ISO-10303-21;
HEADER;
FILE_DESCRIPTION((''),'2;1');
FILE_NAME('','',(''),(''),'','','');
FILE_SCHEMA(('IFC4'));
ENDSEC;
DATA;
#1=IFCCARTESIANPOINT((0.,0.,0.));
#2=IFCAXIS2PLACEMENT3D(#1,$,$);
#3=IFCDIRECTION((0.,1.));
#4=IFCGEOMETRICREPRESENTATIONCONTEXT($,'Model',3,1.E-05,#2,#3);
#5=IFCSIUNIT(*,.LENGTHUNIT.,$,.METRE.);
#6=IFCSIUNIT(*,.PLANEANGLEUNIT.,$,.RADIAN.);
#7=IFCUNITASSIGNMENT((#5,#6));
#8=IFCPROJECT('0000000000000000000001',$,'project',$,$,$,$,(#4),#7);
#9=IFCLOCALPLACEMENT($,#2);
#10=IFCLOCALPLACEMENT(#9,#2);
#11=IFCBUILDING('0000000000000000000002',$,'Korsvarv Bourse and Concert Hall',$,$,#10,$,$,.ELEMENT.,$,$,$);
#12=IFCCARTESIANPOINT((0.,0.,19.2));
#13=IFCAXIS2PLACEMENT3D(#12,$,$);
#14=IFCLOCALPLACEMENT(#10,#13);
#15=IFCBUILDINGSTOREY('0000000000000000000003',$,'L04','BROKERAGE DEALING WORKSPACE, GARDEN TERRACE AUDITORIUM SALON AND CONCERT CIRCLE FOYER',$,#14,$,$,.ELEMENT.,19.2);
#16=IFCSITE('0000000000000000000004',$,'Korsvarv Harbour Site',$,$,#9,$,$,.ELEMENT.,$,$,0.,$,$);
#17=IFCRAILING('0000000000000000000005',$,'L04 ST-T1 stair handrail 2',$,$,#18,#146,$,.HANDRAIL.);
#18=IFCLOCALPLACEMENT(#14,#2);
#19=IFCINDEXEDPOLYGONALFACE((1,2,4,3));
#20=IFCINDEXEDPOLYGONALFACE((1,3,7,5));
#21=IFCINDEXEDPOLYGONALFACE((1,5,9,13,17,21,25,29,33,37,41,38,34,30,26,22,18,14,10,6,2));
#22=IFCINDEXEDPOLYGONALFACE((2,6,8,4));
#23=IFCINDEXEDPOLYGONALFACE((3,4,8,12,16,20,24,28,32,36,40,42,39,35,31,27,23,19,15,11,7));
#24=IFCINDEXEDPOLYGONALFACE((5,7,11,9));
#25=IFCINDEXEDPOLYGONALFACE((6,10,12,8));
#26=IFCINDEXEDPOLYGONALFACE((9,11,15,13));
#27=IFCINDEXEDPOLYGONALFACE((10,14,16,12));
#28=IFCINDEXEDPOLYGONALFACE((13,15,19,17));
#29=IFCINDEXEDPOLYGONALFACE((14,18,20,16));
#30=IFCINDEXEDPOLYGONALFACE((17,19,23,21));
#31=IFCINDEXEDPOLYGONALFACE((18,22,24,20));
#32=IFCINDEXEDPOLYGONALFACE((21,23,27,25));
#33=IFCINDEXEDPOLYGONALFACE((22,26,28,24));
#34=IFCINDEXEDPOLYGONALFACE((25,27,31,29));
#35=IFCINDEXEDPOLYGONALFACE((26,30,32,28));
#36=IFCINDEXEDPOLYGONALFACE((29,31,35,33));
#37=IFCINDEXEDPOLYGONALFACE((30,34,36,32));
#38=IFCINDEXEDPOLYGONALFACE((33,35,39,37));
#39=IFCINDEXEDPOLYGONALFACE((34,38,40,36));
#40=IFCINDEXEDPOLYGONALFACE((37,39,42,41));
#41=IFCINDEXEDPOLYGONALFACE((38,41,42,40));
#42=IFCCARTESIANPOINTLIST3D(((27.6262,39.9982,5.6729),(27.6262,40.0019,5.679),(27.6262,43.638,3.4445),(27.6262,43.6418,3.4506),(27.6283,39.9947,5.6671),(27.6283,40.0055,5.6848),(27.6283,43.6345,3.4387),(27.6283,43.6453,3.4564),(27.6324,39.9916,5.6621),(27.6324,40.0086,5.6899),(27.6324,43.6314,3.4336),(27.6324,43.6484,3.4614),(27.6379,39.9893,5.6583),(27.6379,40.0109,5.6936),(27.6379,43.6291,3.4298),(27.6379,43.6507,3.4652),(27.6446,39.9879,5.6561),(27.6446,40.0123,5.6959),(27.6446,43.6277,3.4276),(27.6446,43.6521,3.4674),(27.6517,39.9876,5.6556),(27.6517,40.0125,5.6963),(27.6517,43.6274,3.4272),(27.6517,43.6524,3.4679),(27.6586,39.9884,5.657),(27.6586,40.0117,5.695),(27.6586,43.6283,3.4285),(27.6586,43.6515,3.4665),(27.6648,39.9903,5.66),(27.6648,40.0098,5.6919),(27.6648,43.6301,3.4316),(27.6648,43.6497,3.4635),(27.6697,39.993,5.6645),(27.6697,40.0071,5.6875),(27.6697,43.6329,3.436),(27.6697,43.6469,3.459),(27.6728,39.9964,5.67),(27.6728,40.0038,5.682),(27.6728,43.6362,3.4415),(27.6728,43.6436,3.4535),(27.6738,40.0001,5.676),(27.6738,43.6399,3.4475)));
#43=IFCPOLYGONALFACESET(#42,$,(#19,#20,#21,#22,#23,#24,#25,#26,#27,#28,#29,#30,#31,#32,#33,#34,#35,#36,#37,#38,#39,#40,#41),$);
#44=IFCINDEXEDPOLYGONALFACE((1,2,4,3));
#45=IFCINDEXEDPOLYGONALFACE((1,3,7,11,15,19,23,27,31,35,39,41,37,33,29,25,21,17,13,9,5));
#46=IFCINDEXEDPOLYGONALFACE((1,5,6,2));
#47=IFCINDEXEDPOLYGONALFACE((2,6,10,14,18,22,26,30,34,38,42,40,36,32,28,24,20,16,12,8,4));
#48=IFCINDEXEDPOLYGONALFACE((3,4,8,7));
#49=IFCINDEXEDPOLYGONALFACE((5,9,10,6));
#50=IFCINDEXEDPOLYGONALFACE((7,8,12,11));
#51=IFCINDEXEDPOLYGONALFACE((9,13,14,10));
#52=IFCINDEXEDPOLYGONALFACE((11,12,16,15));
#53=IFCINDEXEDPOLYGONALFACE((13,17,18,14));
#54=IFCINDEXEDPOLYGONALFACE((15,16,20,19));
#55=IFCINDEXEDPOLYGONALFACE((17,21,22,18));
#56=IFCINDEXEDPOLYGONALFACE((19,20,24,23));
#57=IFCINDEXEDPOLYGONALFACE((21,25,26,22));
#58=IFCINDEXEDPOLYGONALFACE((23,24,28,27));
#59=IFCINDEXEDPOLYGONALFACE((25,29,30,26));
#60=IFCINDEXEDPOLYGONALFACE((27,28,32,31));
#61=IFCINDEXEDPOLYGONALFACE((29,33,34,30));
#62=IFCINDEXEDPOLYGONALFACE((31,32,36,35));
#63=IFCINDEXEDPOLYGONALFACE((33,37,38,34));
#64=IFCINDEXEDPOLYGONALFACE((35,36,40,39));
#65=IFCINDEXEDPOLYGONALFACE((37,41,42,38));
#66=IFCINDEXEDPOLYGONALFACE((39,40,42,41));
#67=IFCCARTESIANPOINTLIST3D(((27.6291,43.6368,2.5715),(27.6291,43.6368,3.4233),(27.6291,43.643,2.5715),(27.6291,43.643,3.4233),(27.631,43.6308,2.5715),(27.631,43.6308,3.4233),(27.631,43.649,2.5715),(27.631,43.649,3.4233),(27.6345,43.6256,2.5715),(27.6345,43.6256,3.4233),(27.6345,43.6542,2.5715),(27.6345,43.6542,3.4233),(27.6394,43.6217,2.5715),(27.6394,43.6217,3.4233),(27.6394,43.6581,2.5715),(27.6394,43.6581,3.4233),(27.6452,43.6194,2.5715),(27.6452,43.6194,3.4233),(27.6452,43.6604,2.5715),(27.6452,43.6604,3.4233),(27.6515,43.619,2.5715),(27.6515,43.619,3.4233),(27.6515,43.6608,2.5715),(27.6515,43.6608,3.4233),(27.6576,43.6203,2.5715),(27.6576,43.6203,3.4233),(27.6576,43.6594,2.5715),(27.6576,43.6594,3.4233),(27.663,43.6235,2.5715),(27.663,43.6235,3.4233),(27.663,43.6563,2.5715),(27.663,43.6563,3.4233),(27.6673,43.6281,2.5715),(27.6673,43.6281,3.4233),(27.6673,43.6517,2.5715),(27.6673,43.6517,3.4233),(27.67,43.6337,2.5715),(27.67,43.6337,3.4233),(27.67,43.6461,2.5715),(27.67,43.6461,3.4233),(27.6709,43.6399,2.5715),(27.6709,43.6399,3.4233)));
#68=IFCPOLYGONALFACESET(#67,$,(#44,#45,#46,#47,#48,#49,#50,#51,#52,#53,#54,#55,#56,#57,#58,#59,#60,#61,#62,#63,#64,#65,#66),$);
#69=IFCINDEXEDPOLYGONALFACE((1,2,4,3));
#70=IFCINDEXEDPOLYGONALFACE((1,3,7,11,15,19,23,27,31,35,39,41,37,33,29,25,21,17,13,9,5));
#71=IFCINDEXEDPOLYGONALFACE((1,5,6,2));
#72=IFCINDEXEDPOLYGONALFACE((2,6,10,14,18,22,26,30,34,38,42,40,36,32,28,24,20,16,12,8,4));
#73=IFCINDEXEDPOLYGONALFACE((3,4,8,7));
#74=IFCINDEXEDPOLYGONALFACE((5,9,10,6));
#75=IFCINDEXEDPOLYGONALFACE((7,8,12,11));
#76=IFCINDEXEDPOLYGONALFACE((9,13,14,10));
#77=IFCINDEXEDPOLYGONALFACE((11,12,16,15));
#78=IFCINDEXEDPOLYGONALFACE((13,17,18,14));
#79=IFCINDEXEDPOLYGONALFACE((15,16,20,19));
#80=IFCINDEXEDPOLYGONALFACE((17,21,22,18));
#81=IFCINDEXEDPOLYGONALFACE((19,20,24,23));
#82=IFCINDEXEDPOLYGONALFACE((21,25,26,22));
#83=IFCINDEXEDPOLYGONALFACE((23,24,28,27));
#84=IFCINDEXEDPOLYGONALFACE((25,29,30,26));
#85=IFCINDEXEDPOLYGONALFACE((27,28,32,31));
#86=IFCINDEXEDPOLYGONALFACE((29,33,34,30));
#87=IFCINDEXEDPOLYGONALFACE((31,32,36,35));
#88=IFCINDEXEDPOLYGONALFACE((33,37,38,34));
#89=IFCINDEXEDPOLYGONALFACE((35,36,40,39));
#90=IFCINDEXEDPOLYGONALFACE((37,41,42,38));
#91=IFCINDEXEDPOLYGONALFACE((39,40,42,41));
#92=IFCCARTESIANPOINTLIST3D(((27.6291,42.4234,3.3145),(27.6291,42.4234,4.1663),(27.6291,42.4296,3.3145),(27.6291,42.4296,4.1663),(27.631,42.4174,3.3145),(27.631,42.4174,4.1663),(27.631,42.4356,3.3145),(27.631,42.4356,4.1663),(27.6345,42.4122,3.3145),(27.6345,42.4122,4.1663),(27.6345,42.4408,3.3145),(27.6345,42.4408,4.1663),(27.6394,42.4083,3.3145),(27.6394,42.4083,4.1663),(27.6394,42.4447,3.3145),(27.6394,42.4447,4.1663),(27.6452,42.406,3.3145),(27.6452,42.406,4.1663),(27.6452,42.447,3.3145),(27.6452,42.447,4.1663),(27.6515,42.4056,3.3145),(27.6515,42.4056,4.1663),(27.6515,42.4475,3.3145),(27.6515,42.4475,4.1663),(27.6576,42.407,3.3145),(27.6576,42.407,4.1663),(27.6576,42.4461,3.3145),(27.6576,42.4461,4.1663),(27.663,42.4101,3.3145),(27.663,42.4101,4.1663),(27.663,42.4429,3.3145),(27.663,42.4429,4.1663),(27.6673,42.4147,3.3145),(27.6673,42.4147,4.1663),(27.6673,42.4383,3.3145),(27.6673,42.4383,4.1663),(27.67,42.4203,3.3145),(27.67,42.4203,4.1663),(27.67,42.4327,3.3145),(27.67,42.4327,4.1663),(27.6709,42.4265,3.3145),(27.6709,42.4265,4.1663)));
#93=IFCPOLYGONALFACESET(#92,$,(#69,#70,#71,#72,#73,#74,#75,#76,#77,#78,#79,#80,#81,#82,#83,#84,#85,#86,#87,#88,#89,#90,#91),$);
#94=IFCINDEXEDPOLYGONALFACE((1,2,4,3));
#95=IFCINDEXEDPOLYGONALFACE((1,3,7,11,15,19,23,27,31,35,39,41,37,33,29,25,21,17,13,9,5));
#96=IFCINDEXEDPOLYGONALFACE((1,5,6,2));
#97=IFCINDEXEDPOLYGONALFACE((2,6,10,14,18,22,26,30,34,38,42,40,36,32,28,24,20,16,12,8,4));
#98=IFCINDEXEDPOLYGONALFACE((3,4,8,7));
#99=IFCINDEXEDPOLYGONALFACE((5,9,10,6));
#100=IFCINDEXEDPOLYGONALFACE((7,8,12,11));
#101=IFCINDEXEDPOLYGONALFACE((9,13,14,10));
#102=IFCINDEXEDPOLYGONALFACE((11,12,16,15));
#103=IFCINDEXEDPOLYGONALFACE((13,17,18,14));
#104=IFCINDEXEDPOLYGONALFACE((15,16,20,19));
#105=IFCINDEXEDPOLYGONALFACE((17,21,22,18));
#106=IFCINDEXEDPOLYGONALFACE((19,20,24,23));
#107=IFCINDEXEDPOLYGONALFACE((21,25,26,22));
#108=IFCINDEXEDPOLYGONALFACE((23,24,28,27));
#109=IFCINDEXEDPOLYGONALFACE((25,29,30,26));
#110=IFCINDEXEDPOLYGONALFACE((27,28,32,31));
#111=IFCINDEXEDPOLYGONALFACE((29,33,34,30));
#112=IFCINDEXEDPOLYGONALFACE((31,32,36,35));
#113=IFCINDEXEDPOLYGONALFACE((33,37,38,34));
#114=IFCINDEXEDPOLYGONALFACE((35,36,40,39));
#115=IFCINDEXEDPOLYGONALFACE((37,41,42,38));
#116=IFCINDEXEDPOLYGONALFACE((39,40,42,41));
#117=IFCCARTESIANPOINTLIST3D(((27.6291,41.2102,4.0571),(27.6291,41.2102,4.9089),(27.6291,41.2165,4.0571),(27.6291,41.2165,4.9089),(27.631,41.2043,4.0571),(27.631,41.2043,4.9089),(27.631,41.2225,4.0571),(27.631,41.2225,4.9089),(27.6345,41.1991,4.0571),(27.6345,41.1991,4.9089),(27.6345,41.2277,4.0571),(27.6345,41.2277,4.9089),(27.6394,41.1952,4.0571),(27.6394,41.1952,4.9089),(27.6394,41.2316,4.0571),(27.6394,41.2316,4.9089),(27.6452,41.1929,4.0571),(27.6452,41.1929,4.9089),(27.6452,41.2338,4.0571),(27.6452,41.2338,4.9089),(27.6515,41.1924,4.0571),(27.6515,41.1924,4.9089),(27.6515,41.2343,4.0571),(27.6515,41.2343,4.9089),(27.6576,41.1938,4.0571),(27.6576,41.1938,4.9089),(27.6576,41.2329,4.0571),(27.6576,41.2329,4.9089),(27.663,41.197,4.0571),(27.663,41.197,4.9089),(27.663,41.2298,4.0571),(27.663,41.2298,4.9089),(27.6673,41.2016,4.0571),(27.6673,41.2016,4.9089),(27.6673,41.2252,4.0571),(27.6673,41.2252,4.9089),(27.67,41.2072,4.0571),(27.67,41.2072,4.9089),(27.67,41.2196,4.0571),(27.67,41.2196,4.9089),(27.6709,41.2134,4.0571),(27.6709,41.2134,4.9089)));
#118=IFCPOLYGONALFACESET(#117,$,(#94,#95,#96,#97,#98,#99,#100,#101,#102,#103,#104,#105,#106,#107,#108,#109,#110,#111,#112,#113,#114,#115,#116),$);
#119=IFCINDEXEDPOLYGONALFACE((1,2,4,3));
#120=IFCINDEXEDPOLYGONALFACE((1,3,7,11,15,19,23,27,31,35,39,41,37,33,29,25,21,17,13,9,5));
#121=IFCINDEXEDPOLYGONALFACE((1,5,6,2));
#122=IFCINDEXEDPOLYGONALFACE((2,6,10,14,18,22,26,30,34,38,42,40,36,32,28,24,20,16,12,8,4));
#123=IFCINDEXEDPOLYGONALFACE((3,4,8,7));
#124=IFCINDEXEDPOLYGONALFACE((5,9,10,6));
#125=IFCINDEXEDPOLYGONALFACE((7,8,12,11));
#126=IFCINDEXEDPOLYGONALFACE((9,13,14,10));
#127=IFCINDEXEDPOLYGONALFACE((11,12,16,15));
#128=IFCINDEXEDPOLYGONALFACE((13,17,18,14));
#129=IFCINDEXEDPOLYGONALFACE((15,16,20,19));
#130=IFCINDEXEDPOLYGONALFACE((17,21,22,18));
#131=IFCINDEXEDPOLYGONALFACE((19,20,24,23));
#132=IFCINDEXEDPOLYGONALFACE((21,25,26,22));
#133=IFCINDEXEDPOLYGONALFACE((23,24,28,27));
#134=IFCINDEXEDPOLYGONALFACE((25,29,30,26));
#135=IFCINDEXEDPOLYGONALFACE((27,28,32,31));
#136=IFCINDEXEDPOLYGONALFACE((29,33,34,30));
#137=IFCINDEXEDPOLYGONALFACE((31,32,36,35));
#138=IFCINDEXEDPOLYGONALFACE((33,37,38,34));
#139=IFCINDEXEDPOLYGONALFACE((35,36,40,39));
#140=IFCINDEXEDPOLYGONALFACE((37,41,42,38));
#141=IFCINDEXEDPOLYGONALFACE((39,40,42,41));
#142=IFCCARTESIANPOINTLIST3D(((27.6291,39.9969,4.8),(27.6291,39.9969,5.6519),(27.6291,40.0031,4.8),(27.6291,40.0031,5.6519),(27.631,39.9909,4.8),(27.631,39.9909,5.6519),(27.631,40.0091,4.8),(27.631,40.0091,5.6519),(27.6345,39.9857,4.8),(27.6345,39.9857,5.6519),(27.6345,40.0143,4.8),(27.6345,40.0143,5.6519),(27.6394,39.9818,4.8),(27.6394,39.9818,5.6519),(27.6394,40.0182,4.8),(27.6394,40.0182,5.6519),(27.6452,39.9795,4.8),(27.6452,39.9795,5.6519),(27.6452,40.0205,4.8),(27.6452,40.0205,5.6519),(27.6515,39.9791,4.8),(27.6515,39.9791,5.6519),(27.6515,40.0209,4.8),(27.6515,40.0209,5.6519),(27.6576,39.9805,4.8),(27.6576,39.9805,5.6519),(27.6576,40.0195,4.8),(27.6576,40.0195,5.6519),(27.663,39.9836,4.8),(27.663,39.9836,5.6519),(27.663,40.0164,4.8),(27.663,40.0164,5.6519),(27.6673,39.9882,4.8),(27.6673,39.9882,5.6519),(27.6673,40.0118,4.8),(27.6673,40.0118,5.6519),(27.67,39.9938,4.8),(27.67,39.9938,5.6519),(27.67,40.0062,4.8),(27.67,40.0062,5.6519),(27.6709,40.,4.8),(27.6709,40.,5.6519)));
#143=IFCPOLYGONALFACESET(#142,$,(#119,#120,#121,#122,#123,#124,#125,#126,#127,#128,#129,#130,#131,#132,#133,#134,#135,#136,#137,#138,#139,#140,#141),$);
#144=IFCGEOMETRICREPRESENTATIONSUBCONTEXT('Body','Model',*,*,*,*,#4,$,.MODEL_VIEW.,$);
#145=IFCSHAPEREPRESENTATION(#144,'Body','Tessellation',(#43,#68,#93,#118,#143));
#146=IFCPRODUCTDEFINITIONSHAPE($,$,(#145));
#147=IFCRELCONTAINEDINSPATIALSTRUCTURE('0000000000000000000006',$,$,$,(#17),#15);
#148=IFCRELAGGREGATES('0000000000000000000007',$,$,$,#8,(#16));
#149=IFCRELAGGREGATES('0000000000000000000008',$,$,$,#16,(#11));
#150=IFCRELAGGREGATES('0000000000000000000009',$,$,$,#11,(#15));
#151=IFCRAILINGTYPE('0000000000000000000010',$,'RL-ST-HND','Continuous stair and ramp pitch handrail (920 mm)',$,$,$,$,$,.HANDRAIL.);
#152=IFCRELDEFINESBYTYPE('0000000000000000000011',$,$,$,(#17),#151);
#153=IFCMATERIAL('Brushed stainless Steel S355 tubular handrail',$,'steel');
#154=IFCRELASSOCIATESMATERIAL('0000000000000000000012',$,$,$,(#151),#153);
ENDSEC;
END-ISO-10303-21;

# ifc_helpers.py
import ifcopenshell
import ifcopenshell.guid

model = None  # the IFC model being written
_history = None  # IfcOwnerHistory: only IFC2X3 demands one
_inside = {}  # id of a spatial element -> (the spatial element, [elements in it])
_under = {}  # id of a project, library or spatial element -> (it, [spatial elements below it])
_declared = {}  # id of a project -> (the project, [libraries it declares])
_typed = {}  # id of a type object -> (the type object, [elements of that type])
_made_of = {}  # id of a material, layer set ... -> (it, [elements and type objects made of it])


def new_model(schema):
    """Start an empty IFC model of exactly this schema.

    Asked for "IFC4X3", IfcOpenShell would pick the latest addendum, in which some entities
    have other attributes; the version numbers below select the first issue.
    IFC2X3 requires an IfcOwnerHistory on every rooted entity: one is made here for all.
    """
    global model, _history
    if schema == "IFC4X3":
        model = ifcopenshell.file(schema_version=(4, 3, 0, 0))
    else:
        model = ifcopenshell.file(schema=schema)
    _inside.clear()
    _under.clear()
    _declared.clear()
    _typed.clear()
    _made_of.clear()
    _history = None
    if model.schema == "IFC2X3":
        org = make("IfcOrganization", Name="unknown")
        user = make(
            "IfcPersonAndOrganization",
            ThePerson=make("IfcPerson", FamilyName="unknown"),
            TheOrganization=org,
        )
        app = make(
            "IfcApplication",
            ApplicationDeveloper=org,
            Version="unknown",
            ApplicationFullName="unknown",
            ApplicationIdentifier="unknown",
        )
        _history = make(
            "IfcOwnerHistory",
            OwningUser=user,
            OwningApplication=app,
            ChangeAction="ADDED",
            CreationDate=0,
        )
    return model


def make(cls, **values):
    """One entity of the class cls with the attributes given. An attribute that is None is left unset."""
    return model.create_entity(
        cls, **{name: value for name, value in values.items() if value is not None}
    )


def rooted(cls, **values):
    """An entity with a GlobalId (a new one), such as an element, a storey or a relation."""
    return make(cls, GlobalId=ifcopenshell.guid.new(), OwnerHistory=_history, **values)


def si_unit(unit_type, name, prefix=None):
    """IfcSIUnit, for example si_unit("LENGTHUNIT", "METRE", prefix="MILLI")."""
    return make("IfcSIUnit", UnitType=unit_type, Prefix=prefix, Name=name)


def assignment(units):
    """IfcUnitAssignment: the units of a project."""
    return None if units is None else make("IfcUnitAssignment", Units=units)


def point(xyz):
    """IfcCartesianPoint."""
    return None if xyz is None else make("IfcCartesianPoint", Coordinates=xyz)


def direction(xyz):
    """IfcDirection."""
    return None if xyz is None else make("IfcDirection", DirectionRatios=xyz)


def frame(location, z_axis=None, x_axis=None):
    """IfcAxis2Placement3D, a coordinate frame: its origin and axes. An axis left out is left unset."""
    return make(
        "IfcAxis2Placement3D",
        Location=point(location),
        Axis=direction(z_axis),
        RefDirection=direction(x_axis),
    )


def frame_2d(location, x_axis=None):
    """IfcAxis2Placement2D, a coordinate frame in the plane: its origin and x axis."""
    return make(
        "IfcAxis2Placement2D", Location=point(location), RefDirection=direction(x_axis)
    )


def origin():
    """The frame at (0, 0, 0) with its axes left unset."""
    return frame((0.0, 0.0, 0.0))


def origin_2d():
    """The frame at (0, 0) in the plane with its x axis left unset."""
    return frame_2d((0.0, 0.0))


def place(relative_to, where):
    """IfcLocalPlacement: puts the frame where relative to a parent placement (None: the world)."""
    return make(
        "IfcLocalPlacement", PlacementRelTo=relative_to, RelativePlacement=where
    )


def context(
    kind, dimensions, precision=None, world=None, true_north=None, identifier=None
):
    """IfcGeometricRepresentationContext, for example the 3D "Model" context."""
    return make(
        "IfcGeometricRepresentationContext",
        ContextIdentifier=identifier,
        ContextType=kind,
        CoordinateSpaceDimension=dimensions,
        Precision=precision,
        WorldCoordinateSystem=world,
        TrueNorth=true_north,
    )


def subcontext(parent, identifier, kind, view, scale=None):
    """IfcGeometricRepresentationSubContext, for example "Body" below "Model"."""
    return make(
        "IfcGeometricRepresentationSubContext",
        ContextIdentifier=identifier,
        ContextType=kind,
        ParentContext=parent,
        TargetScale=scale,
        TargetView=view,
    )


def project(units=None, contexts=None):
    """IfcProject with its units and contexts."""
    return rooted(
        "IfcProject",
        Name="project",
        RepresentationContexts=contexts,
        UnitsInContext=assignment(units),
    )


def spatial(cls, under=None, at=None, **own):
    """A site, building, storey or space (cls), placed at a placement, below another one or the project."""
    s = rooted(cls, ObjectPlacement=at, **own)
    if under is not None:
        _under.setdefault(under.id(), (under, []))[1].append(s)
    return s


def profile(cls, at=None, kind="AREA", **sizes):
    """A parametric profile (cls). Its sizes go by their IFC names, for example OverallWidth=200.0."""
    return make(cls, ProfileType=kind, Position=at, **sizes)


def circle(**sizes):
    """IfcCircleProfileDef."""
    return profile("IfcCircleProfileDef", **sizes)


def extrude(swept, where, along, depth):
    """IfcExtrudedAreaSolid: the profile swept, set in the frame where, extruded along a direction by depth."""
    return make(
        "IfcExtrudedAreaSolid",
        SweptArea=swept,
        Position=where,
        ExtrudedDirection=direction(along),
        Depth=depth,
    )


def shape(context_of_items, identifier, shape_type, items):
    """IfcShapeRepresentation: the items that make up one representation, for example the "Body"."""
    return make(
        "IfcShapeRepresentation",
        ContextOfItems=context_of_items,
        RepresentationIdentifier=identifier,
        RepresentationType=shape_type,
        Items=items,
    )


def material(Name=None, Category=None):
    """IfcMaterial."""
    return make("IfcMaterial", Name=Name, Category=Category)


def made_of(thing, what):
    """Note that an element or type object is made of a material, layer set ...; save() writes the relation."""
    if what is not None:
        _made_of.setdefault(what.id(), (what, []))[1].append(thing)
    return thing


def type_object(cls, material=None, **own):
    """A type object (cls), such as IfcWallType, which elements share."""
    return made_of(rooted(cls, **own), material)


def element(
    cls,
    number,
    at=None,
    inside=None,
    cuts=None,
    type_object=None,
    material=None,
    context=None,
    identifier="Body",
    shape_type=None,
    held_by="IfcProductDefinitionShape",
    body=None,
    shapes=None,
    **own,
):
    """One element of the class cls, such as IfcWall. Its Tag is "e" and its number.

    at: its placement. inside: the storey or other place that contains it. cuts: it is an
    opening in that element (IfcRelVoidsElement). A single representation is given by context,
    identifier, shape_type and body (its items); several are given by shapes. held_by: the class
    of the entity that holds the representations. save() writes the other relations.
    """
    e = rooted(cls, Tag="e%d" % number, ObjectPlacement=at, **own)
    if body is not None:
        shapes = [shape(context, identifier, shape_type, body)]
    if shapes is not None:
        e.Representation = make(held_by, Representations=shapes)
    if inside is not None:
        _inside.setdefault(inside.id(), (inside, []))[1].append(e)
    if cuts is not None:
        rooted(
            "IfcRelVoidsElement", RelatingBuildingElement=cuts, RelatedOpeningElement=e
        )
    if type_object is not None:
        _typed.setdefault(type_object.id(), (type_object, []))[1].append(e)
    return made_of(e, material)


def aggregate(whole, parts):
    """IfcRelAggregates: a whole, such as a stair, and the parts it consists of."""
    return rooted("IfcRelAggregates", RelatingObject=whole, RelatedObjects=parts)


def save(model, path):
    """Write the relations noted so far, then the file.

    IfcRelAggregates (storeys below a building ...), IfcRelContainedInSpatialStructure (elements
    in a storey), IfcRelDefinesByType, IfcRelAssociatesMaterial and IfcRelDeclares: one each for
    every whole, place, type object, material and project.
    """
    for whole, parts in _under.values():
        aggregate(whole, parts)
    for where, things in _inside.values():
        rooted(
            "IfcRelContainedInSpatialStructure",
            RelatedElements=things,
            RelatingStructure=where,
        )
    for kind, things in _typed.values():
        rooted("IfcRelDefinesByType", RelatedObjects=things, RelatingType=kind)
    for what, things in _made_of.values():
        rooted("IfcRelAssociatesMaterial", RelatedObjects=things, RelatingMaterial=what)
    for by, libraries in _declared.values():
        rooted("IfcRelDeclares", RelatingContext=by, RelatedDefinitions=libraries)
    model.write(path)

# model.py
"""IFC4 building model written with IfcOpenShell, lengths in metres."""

from ifc_helpers import new_model, si_unit, direction, frame, origin, origin_2d, place, context, subcontext, project, spatial, circle, extrude, material, type_object, element, save


model = new_model("IFC4")

# Units and contexts
model_context = context("Model", 3, precision=1e-05, world=origin(), true_north=direction((0.0, 1.0)))
body_context = subcontext(model_context, "Body", "Model", "MODEL_VIEW")
ifc_project = project(units=[si_unit("LENGTHUNIT", "METRE"), si_unit("PLANEANGLEUNIT", "RADIAN")], contexts=[model_context])

# Site, building, storey
site_placement = place(None, origin())
site = spatial("IfcSite", under=ifc_project, at=site_placement, Name="Korsvarv Harbour Site", CompositionType="ELEMENT", RefElevation=0.0)
building_placement = place(site_placement, origin())
building = spatial("IfcBuilding", under=site, at=building_placement, Name="Korsvarv Bourse and Concert Hall", CompositionType="ELEMENT")
storey_placement = place(building_placement, frame((0.0, 0.0, 19.2)))
storey = spatial("IfcBuildingStorey", under=building, at=storey_placement, Name="L04", Description="BROKERAGE DEALING WORKSPACE, GARDEN TERRACE AUDITORIUM SALON AND CONCERT CIRCLE FOYER", CompositionType="ELEMENT", Elevation=19.2)

# Railing
ifc_material_1 = material(Name="Brushed stainless Steel S355 tubular handrail", Category="steel")
railing_type_1 = type_object("IfcRailingType", Name="RL-ST-HND", Description="Continuous stair and ramp pitch handrail (920 mm)", PredefinedType="HANDRAIL", material=ifc_material_1)
railing_1_placement = place(storey_placement, frame((27.6499, 43.6399, 2.5715)))
element("IfcRailing", 1, at=railing_1_placement, inside=storey, type_object=railing_type_1, Name="L04 ST-T1 stair handrail 2", PredefinedType="HANDRAIL", context=body_context, shape_type="SweptSolid", body=[
    extrude(circle(Radius=0.0239, at=origin_2d()), frame((0.0, 0.0, 0.876), z_axis=(0.0, -0.85285, 0.522156), x_axis=(1.0, 0.0, 0.0)), (0.0, 0.0, 1.0), 4.2678),
    extrude(circle(Radius=0.021, at=origin_2d()), origin(), (0.0, 0.0, 1.0), 0.8518),
    extrude(circle(Radius=0.021, at=origin_2d()), frame((0.0, -1.2134, 0.7429)), (0.0, 0.0, 1.0), 0.8518),
    extrude(circle(Radius=0.021, at=origin_2d()), frame((0.0, -2.4265, 1.4856)), (0.0, 0.0, 1.0), 0.8518),
    extrude(circle(Radius=0.021, at=origin_2d()), frame((0.0, -3.6399, 2.2285)), (0.0, 0.0, 1.0), 0.8518),
])

save(model, "model.ifc")
